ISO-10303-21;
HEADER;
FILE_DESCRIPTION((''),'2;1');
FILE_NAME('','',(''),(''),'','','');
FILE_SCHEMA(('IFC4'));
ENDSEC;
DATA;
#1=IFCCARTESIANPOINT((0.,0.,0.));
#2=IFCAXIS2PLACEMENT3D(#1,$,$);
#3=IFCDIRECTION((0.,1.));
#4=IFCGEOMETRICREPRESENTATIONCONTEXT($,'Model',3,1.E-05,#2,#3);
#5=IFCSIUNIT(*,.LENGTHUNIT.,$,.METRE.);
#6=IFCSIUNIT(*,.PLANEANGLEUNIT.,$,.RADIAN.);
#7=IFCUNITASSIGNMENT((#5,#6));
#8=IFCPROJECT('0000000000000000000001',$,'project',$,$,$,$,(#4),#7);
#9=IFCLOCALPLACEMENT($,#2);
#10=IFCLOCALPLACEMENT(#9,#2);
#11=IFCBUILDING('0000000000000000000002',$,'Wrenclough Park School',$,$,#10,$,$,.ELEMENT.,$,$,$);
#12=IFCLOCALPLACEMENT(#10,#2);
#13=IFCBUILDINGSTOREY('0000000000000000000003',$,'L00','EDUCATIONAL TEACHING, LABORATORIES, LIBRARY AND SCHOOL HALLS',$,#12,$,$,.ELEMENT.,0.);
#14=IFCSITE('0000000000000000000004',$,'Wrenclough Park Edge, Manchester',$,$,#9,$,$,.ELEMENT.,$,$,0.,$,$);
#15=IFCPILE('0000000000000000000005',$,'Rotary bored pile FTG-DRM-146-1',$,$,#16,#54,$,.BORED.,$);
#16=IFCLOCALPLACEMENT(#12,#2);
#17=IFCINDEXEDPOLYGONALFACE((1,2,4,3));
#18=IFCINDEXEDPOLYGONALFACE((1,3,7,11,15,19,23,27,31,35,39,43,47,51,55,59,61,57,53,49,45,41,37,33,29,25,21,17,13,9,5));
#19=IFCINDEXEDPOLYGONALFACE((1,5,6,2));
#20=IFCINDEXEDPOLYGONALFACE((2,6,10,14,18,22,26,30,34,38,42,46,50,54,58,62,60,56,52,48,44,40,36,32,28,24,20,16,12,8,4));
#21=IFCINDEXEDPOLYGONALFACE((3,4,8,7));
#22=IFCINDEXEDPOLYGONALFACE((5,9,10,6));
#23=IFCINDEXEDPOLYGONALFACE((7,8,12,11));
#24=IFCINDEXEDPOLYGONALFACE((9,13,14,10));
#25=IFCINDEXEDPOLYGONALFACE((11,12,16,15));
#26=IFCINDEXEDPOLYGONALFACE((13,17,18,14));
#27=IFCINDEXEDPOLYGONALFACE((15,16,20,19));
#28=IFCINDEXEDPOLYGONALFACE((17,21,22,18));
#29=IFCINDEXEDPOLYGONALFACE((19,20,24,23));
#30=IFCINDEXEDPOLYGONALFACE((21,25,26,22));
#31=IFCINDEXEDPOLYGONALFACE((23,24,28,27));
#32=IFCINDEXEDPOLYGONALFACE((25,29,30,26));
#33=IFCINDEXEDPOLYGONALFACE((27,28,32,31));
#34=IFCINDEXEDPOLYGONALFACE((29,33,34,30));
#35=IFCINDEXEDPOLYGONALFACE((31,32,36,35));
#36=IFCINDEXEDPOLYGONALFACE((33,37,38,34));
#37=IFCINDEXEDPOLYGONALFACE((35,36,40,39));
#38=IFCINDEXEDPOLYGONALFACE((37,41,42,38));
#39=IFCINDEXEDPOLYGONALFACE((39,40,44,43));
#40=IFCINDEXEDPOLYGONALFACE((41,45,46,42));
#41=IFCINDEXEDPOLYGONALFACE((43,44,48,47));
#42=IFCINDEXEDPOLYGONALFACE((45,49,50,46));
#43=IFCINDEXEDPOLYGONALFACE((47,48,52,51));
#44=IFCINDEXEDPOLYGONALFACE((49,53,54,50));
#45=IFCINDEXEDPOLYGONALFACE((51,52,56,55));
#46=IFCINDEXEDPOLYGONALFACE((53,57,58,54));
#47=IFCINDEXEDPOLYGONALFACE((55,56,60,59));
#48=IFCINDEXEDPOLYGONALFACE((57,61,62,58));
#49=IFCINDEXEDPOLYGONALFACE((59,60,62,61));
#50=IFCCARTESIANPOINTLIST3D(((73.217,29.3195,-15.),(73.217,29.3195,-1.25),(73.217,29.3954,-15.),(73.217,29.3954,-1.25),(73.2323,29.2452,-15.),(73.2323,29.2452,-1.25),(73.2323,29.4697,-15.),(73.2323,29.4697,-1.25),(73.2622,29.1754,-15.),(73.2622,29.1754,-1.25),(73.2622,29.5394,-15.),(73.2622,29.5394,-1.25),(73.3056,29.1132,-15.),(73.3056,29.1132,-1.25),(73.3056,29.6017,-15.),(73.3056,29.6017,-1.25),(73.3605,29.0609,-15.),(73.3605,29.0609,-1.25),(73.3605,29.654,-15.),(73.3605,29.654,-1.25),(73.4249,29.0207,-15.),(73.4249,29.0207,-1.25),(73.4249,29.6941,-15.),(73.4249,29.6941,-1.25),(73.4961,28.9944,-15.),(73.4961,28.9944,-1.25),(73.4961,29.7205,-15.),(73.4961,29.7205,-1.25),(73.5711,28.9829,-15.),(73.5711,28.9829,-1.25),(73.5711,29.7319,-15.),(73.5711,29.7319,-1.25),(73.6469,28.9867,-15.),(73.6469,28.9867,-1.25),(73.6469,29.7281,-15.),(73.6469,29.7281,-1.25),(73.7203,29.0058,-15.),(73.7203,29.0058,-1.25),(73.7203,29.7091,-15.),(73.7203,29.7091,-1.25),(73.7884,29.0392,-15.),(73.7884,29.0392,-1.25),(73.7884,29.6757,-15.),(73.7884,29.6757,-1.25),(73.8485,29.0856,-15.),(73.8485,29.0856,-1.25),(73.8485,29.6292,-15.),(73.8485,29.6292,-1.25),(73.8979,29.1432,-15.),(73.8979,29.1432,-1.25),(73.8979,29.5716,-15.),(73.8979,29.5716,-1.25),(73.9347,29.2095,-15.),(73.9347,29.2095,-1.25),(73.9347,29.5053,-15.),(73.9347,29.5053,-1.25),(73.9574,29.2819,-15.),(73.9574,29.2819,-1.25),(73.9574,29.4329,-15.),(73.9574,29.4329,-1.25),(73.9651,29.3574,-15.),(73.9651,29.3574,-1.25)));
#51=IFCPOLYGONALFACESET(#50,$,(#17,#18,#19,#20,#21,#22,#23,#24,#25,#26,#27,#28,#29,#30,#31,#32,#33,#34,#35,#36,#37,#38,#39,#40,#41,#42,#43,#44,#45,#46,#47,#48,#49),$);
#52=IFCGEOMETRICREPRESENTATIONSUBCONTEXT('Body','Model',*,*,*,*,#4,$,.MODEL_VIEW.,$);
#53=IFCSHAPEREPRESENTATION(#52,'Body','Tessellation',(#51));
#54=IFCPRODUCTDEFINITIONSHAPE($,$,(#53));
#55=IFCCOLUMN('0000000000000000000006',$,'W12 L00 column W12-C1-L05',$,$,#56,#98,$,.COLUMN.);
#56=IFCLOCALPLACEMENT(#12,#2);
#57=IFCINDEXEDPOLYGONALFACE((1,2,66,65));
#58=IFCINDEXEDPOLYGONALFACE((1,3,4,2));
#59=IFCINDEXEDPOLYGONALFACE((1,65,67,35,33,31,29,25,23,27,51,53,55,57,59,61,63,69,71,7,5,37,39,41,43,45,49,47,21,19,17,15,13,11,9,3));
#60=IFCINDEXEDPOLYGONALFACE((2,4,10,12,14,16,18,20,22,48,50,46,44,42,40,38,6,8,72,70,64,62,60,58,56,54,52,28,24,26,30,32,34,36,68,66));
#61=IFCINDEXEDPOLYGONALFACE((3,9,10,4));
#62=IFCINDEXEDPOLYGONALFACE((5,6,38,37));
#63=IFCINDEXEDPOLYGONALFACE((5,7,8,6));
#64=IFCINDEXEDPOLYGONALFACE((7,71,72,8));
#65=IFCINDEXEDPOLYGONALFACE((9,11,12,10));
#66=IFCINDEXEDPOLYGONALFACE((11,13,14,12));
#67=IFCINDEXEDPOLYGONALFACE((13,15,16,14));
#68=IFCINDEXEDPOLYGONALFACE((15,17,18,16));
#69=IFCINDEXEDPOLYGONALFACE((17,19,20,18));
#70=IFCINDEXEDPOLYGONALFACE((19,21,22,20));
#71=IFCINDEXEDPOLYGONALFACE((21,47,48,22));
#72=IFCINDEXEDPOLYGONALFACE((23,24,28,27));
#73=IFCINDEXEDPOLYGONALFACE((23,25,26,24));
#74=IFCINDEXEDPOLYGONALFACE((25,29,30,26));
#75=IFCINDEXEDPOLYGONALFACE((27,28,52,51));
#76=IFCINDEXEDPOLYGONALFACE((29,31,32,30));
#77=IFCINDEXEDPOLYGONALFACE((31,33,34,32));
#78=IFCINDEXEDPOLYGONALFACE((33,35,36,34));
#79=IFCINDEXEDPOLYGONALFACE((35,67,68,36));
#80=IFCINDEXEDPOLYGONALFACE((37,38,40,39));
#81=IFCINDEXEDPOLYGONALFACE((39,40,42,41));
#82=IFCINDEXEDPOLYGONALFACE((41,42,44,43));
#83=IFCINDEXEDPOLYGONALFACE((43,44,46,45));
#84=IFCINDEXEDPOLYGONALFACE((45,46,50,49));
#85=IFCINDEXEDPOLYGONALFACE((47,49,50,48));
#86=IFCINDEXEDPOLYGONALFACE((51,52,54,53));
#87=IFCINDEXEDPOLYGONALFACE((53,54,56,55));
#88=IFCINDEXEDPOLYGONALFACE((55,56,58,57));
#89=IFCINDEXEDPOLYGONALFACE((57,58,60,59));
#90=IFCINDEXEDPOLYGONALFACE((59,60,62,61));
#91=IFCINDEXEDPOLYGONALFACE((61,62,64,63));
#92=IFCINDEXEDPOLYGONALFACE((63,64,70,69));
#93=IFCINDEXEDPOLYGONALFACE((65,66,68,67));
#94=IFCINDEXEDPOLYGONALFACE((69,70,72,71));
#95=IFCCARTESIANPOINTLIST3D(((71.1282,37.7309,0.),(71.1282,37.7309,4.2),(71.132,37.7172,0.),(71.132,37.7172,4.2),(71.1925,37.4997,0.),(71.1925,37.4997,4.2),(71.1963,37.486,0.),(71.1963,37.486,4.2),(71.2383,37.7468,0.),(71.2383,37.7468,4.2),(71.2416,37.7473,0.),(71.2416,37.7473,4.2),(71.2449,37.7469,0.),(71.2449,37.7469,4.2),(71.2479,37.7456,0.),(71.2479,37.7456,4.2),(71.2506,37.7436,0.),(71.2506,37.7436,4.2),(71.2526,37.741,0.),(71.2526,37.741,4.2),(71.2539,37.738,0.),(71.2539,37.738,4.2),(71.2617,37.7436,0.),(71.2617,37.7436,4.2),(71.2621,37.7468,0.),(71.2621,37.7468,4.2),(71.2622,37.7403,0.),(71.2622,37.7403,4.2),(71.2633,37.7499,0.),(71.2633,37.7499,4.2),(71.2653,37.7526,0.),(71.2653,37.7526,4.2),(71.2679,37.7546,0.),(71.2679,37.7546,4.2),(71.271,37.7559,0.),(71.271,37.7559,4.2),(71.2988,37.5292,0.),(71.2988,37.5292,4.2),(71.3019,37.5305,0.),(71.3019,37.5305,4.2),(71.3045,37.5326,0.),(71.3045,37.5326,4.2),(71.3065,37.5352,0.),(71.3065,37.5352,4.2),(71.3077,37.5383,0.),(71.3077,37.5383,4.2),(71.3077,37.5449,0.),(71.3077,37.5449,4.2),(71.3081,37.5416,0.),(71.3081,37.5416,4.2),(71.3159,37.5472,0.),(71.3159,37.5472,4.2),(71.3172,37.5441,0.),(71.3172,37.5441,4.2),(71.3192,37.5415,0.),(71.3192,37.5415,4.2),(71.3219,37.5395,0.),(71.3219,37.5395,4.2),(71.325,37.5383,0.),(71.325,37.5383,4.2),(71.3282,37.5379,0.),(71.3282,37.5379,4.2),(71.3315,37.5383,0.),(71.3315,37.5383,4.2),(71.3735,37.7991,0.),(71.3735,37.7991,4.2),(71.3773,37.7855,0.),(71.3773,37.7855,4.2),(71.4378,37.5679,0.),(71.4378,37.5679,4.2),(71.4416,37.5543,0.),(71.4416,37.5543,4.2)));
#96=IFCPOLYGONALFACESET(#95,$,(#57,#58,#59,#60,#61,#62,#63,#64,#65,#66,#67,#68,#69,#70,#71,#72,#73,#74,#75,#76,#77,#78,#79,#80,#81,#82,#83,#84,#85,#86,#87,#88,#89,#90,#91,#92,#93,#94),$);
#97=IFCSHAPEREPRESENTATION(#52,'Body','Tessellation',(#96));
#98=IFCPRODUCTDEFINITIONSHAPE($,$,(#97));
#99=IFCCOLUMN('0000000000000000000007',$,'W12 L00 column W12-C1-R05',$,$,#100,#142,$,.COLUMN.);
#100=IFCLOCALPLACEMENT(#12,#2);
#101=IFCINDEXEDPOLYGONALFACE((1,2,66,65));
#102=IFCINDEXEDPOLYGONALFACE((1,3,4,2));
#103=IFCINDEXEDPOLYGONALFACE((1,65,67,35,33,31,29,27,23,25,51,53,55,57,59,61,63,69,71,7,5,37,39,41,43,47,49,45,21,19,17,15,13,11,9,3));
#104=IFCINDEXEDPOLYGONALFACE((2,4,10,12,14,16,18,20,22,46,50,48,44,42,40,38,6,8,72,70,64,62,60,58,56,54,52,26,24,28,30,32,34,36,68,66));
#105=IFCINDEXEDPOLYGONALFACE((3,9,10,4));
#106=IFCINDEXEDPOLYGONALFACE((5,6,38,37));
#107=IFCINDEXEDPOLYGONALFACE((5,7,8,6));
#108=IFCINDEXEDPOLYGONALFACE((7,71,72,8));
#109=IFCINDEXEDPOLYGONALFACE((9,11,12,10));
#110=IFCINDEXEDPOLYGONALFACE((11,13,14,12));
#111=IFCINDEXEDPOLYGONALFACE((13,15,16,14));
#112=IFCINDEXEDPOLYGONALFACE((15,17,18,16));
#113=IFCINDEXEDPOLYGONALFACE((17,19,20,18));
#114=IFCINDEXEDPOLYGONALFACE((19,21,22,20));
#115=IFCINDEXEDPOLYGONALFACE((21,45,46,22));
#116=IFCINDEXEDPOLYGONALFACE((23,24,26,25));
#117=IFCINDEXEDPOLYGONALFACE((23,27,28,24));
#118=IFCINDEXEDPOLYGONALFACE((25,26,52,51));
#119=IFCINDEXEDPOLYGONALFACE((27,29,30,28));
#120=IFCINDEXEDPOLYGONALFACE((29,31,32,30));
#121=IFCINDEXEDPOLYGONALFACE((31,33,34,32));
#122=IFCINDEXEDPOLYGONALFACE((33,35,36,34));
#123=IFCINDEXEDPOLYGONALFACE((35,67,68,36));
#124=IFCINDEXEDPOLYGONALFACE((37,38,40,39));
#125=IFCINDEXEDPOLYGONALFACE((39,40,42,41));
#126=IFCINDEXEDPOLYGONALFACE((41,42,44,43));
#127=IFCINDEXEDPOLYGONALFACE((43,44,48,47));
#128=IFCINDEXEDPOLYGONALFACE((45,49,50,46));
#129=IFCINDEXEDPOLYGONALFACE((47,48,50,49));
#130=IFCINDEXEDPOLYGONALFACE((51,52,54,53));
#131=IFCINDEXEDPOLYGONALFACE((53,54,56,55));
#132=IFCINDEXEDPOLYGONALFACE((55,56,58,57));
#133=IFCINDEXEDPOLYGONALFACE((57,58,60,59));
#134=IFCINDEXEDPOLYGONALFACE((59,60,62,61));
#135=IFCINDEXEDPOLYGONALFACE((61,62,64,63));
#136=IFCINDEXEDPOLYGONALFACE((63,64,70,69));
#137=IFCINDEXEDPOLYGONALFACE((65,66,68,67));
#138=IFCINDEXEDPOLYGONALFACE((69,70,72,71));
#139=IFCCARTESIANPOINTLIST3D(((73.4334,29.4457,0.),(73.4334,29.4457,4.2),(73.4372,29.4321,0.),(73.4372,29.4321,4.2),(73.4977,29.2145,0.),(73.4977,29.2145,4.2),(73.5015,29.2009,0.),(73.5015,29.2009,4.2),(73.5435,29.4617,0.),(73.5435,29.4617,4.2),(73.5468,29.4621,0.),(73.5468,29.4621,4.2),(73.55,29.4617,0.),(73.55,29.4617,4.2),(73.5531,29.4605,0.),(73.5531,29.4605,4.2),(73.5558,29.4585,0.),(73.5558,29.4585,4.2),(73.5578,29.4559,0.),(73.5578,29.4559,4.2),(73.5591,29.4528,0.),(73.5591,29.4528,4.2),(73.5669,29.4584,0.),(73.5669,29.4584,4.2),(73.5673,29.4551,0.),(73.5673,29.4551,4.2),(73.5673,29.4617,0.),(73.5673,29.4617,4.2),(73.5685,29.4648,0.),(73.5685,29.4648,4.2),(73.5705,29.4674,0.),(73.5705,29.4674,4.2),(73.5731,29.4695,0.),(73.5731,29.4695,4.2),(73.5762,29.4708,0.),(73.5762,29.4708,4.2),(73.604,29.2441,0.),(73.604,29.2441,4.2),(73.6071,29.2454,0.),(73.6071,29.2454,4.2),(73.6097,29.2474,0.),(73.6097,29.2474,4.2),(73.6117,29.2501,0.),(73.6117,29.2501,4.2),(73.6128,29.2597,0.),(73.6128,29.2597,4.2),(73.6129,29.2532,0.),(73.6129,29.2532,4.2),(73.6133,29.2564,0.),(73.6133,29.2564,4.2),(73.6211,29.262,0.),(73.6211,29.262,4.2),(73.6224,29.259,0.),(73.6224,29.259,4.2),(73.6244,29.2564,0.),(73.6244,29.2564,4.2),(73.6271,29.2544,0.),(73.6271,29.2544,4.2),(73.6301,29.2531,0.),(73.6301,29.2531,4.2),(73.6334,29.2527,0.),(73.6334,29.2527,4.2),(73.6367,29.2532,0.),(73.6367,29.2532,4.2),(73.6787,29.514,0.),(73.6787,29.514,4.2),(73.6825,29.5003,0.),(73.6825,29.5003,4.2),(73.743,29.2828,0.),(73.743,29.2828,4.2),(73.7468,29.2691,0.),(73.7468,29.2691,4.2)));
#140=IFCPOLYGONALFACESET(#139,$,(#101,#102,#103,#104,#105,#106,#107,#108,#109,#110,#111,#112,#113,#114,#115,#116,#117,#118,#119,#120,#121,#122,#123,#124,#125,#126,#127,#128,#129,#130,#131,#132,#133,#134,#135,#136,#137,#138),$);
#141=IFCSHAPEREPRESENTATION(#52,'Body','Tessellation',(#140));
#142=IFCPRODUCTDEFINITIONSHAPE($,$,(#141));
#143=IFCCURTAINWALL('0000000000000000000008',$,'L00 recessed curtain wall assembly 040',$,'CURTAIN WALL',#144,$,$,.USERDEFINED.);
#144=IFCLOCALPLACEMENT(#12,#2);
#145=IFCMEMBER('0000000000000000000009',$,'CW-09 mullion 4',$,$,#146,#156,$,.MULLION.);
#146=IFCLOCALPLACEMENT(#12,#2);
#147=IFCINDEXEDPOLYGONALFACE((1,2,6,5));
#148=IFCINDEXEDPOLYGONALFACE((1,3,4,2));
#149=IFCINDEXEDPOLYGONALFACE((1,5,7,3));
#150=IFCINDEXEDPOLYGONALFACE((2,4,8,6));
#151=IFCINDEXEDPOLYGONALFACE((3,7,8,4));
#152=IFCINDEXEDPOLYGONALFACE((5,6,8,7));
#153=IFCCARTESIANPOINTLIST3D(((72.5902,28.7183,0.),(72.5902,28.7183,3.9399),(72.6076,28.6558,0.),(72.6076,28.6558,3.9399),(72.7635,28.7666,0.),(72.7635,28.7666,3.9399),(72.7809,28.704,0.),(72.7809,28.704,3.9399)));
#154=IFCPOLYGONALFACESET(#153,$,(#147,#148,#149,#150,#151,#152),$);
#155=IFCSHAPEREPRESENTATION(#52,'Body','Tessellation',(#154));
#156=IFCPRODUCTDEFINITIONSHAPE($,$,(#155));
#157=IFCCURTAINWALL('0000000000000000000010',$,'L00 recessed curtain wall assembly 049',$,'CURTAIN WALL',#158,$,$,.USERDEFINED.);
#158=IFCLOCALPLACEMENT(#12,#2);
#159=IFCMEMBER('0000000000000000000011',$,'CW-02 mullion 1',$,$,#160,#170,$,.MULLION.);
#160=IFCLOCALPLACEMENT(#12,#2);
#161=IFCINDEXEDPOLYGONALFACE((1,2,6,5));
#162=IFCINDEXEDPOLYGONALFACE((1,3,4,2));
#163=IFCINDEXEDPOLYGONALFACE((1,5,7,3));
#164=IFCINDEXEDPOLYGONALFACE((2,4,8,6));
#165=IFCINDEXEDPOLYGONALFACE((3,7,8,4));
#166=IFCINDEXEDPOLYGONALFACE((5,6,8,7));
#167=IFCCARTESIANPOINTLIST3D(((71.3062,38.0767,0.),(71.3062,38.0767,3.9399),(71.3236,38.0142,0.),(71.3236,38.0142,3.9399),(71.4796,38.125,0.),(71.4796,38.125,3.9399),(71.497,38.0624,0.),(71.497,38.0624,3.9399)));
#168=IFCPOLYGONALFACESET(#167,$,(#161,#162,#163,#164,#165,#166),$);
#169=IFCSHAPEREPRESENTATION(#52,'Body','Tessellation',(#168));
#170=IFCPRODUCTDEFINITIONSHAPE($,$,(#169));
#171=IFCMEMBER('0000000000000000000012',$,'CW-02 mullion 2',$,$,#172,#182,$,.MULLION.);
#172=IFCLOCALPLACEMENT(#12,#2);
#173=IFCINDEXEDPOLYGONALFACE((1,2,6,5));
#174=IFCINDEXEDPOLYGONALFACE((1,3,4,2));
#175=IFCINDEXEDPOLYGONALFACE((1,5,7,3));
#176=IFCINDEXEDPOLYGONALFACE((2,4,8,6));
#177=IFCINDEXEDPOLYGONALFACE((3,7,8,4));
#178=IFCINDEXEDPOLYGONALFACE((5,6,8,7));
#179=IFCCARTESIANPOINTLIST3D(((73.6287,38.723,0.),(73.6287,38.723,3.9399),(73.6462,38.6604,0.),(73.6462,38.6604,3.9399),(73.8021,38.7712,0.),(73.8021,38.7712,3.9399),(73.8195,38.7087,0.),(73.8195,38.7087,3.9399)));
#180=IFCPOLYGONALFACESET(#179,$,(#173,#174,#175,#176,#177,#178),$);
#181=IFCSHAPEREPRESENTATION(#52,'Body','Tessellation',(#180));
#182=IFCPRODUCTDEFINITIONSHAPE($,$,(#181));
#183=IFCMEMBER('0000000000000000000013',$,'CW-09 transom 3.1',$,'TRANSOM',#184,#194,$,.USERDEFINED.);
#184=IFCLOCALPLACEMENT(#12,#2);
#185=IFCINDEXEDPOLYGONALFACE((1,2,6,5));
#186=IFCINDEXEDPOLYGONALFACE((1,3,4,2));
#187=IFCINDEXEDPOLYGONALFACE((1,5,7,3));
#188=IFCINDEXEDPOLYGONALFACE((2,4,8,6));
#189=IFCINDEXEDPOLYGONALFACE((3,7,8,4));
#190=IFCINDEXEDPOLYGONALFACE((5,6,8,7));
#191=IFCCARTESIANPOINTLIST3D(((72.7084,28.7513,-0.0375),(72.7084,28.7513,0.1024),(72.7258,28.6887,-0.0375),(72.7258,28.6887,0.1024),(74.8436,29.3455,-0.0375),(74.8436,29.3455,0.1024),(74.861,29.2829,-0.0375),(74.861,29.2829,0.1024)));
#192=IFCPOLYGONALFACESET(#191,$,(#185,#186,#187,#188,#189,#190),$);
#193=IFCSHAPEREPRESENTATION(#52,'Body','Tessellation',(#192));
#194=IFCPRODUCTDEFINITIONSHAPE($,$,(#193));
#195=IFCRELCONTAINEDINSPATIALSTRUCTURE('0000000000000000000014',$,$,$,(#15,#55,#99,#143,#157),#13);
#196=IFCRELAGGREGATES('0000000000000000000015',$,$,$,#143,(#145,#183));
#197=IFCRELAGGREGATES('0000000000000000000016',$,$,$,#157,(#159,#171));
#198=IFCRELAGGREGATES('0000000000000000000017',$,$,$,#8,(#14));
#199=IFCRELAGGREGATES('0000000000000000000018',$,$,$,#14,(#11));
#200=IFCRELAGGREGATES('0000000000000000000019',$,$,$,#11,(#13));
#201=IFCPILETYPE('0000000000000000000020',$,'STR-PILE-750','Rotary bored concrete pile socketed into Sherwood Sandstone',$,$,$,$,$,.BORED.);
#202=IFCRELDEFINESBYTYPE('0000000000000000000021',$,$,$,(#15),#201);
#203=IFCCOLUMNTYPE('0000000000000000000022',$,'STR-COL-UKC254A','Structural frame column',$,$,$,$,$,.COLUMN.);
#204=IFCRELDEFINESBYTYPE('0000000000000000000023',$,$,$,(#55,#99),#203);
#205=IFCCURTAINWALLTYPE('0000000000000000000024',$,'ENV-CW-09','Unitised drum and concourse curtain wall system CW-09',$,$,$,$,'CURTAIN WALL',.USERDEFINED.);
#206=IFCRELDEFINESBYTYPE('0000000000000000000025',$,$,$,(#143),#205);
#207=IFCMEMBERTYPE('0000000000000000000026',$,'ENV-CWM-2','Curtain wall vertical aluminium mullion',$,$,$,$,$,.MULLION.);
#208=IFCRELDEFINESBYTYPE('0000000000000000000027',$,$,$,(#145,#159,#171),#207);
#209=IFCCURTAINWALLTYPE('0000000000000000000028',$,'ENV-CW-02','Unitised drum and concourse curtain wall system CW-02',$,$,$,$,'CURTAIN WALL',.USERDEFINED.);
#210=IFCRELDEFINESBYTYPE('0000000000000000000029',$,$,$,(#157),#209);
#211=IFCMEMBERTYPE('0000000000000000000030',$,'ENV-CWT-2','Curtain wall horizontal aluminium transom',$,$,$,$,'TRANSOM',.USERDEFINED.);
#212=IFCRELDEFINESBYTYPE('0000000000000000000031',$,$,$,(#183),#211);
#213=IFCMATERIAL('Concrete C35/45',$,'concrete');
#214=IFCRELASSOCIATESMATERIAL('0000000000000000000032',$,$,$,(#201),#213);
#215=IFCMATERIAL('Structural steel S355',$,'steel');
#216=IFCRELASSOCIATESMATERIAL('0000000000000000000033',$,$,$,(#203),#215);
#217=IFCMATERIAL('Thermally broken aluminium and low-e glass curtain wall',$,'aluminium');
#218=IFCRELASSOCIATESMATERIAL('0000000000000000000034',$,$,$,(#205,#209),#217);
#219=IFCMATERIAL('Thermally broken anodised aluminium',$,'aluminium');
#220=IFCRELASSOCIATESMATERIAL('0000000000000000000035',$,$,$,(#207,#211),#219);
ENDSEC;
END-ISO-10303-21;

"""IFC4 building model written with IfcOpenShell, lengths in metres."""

from ifc_helpers import new_model, si_unit, direction, frame, origin, origin_2d, place, context, subcontext, project, spatial, rectangle, circle, i_section, extrude, material, material_profile, profile_set, type_object, element, aggregate, save


model = new_model("IFC4")

# Units and contexts
model_context = context("Model", 3, precision=1e-05, world=origin(), true_north=direction((0.0, 1.0)))
body_context = subcontext(model_context, "Body", "Model", "MODEL_VIEW")
ifc_project = project(units=[si_unit("LENGTHUNIT", "METRE"), si_unit("PLANEANGLEUNIT", "RADIAN")], contexts=[model_context])

# Site, building, storey
site_placement = place(None, origin())
site = spatial("IfcSite", under=ifc_project, at=site_placement, Name="Wrenclough Park Edge, Manchester", CompositionType="ELEMENT", RefElevation=0.0)
building_placement = place(site_placement, origin())
building = spatial("IfcBuilding", under=site, at=building_placement, Name="Wrenclough Park School", CompositionType="ELEMENT")
storey_placement = place(building_placement, origin())
storey = spatial("IfcBuildingStorey", under=building, at=storey_placement, Name="L00", Description="EDUCATIONAL TEACHING, LABORATORIES, LIBRARY AND SCHOOL HALLS", CompositionType="ELEMENT", Elevation=0.0)

# Shared definitions
ifc_material_1 = material(Name="Concrete C35/45", Category="concrete")

# Pile
ifc_material_profile_1 = material_profile(ifc_material_1, circle(Radius=0.375, at=origin_2d()), Name="BORED PILE D750")
ifc_profile_set_1 = profile_set([ifc_material_profile_1], Name="Concrete C35/45")
pile_type_1 = type_object("IfcPileType", Name="STR-PILE-750", Description="Rotary bored concrete pile socketed into Sherwood Sandstone", PredefinedType="BORED", material=ifc_profile_set_1)
for number, where, z_axis, x_axis, name in (
    (1, (73.5901, 29.3574, -1.25), (0.0, 0.0, -1.0), (1.0, 0.0, 0.0), "Rotary bored pile FTG-DRM-146-1"),
):
    element("IfcPile", number, at=place(storey_placement, frame(where, z_axis=z_axis, x_axis=x_axis)), inside=storey, type_object=pile_type_1, Name=name, PredefinedType="BORED", context=body_context, shape_type="SweptSolid", body=[
        extrude(circle(Radius=0.375, at=origin_2d()), origin(), (0.0, 0.0, 1.0), 13.75),
    ])

# Columns
ifc_material_2 = material(Name="Structural steel S355", Category="steel")
ifc_material_profile_2 = material_profile(ifc_material_2, i_section(OverallWidth=0.2546, OverallDepth=0.2542, WebThickness=0.0085, FlangeThickness=0.0142, FilletRadius=0.0127, at=origin_2d()), Name="UKC 254x254x73")
ifc_profile_set_2 = profile_set([ifc_material_profile_2], Name="Structural steel S355")
column_type = type_object("IfcColumnType", Name="STR-COL-UKC254A", Description="Structural frame column", PredefinedType="COLUMN", material=ifc_profile_set_2)
for number, where, z_axis, x_axis, name in (
    (2, (71.2849, 37.6426, 0.0), (0.0, 0.0, 1.0), (0.963397, 0.268079, 0.0), "W12 L00 column W12-C1-L05"),
    (3, (73.5901, 29.3574, 0.0), (0.0, 0.0, 1.0), (0.963397, 0.268079, 0.0), "W12 L00 column W12-C1-R05"),
):
    element("IfcColumn", number, at=place(storey_placement, frame(where, z_axis=z_axis, x_axis=x_axis)), inside=storey, type_object=column_type, Name=name, PredefinedType="COLUMN", context=body_context, shape_type="SweptSolid", body=[
        extrude(i_section(OverallWidth=0.2546, OverallDepth=0.2542, WebThickness=0.0085, FlangeThickness=0.0142, FilletRadius=0.0127, at=origin_2d()), origin(), (0.0, 0.0, 1.0), 4.2),
    ])

# Curtain wall, member
ifc_material_3 = material(Name="Thermally broken aluminium and low-e glass curtain wall", Category="aluminium")
curtain_wall_type_1 = type_object("IfcCurtainWallType", Name="ENV-CW-09", Description="Unitised drum and concourse curtain wall system CW-09", ElementType="CURTAIN WALL", PredefinedType="USERDEFINED", material=ifc_material_3)
curtain_wall_1_placement = place(storey_placement, origin())
curtain_wall_1 = element("IfcCurtainWall", 4, at=curtain_wall_1_placement, inside=storey, type_object=curtain_wall_type_1, Name="L00 recessed curtain wall assembly 040", ObjectType="CURTAIN WALL", PredefinedType="USERDEFINED")
ifc_material_4 = material(Name="Thermally broken anodised aluminium", Category="aluminium")
ifc_material_profile_3 = material_profile(ifc_material_4, rectangle(XDim=0.0649, YDim=0.1799, at=origin_2d()), Name="AL MULLION 65x180")
ifc_profile_set_3 = profile_set([ifc_material_profile_3], Name="Thermally broken anodised aluminium")
member_type_1 = type_object("IfcMemberType", Name="ENV-CWM-2", Description="Curtain wall vertical aluminium mullion", PredefinedType="MULLION", material=ifc_profile_set_3)
member_1_placement = place(storey_placement, frame((72.6855, 28.7112, 0.0), z_axis=(0.0, 0.0, 1.0), x_axis=(0.268069, -0.9634, 0.0)))
member_1 = element("IfcMember", 5, at=member_1_placement, type_object=member_type_1, Name="CW-09 mullion 4", PredefinedType="MULLION", context=body_context, shape_type="SweptSolid", body=[
    extrude(rectangle(XDim=0.0649, YDim=0.1799, at=origin_2d()), origin(), (0.0, 0.0, 1.0), 3.9399),
])

# Curtain wall, members
curtain_wall_type_2 = type_object("IfcCurtainWallType", Name="ENV-CW-02", Description="Unitised drum and concourse curtain wall system CW-02", ElementType="CURTAIN WALL", PredefinedType="USERDEFINED", material=ifc_material_3)
curtain_wall_2_placement = place(storey_placement, origin())
curtain_wall_2 = element("IfcCurtainWall", 6, at=curtain_wall_2_placement, inside=storey, type_object=curtain_wall_type_2, Name="L00 recessed curtain wall assembly 049", ObjectType="CURTAIN WALL", PredefinedType="USERDEFINED")
member_2_placement = place(storey_placement, frame((71.4016, 38.0696, 0.0), z_axis=(0.0, 0.0, 1.0), x_axis=(-0.268082, 0.963396, 0.0)))
member_2 = element("IfcMember", 7, at=member_2_placement, type_object=member_type_1, Name="CW-02 mullion 1", PredefinedType="MULLION", context=body_context, shape_type="SweptSolid", body=[
    extrude(rectangle(XDim=0.0649, YDim=0.1799, at=origin_2d()), origin(), (0.0, 0.0, 1.0), 3.9399),
])
member_3_placement = place(storey_placement, frame((73.7241, 38.7158, 0.0), z_axis=(0.0, 0.0, 1.0), x_axis=(-0.268082, 0.963396, 0.0)))
member_3 = element("IfcMember", 8, at=member_3_placement, type_object=member_type_1, Name="CW-02 mullion 2", PredefinedType="MULLION", context=body_context, shape_type="SweptSolid", body=[
    extrude(rectangle(XDim=0.0649, YDim=0.1799, at=origin_2d()), origin(), (0.0, 0.0, 1.0), 3.9399),
])

# Member
ifc_material_profile_4 = material_profile(ifc_material_4, rectangle(XDim=0.0649, YDim=0.1399, at=origin_2d()), Name="AL TRANSOM 65x140")
ifc_profile_set_4 = profile_set([ifc_material_profile_4], Name="Thermally broken anodised aluminium")
member_type_2 = type_object("IfcMemberType", Name="ENV-CWT-2", Description="Curtain wall horizontal aluminium transom", ElementType="TRANSOM", PredefinedType="USERDEFINED", material=ifc_profile_set_4)
member_4_placement = place(storey_placement, frame((74.8523, 29.3142, 0.0325), z_axis=(-0.963388, -0.26811, 0.0), x_axis=(0.26811, -0.963388, 0.0)))
member_4 = element("IfcMember", 9, at=member_4_placement, type_object=member_type_2, Name="CW-09 transom 3.1", ObjectType="TRANSOM", PredefinedType="USERDEFINED", context=body_context, shape_type="SweptSolid", body=[
    extrude(rectangle(XDim=0.0649, YDim=0.1399, at=origin_2d()), origin(), (0.0, 0.0, 1.0), 2.2163),
])

aggregate(curtain_wall_1, [member_1, member_4])
aggregate(curtain_wall_2, [member_2, member_3])

save(model, "model.ifc")
